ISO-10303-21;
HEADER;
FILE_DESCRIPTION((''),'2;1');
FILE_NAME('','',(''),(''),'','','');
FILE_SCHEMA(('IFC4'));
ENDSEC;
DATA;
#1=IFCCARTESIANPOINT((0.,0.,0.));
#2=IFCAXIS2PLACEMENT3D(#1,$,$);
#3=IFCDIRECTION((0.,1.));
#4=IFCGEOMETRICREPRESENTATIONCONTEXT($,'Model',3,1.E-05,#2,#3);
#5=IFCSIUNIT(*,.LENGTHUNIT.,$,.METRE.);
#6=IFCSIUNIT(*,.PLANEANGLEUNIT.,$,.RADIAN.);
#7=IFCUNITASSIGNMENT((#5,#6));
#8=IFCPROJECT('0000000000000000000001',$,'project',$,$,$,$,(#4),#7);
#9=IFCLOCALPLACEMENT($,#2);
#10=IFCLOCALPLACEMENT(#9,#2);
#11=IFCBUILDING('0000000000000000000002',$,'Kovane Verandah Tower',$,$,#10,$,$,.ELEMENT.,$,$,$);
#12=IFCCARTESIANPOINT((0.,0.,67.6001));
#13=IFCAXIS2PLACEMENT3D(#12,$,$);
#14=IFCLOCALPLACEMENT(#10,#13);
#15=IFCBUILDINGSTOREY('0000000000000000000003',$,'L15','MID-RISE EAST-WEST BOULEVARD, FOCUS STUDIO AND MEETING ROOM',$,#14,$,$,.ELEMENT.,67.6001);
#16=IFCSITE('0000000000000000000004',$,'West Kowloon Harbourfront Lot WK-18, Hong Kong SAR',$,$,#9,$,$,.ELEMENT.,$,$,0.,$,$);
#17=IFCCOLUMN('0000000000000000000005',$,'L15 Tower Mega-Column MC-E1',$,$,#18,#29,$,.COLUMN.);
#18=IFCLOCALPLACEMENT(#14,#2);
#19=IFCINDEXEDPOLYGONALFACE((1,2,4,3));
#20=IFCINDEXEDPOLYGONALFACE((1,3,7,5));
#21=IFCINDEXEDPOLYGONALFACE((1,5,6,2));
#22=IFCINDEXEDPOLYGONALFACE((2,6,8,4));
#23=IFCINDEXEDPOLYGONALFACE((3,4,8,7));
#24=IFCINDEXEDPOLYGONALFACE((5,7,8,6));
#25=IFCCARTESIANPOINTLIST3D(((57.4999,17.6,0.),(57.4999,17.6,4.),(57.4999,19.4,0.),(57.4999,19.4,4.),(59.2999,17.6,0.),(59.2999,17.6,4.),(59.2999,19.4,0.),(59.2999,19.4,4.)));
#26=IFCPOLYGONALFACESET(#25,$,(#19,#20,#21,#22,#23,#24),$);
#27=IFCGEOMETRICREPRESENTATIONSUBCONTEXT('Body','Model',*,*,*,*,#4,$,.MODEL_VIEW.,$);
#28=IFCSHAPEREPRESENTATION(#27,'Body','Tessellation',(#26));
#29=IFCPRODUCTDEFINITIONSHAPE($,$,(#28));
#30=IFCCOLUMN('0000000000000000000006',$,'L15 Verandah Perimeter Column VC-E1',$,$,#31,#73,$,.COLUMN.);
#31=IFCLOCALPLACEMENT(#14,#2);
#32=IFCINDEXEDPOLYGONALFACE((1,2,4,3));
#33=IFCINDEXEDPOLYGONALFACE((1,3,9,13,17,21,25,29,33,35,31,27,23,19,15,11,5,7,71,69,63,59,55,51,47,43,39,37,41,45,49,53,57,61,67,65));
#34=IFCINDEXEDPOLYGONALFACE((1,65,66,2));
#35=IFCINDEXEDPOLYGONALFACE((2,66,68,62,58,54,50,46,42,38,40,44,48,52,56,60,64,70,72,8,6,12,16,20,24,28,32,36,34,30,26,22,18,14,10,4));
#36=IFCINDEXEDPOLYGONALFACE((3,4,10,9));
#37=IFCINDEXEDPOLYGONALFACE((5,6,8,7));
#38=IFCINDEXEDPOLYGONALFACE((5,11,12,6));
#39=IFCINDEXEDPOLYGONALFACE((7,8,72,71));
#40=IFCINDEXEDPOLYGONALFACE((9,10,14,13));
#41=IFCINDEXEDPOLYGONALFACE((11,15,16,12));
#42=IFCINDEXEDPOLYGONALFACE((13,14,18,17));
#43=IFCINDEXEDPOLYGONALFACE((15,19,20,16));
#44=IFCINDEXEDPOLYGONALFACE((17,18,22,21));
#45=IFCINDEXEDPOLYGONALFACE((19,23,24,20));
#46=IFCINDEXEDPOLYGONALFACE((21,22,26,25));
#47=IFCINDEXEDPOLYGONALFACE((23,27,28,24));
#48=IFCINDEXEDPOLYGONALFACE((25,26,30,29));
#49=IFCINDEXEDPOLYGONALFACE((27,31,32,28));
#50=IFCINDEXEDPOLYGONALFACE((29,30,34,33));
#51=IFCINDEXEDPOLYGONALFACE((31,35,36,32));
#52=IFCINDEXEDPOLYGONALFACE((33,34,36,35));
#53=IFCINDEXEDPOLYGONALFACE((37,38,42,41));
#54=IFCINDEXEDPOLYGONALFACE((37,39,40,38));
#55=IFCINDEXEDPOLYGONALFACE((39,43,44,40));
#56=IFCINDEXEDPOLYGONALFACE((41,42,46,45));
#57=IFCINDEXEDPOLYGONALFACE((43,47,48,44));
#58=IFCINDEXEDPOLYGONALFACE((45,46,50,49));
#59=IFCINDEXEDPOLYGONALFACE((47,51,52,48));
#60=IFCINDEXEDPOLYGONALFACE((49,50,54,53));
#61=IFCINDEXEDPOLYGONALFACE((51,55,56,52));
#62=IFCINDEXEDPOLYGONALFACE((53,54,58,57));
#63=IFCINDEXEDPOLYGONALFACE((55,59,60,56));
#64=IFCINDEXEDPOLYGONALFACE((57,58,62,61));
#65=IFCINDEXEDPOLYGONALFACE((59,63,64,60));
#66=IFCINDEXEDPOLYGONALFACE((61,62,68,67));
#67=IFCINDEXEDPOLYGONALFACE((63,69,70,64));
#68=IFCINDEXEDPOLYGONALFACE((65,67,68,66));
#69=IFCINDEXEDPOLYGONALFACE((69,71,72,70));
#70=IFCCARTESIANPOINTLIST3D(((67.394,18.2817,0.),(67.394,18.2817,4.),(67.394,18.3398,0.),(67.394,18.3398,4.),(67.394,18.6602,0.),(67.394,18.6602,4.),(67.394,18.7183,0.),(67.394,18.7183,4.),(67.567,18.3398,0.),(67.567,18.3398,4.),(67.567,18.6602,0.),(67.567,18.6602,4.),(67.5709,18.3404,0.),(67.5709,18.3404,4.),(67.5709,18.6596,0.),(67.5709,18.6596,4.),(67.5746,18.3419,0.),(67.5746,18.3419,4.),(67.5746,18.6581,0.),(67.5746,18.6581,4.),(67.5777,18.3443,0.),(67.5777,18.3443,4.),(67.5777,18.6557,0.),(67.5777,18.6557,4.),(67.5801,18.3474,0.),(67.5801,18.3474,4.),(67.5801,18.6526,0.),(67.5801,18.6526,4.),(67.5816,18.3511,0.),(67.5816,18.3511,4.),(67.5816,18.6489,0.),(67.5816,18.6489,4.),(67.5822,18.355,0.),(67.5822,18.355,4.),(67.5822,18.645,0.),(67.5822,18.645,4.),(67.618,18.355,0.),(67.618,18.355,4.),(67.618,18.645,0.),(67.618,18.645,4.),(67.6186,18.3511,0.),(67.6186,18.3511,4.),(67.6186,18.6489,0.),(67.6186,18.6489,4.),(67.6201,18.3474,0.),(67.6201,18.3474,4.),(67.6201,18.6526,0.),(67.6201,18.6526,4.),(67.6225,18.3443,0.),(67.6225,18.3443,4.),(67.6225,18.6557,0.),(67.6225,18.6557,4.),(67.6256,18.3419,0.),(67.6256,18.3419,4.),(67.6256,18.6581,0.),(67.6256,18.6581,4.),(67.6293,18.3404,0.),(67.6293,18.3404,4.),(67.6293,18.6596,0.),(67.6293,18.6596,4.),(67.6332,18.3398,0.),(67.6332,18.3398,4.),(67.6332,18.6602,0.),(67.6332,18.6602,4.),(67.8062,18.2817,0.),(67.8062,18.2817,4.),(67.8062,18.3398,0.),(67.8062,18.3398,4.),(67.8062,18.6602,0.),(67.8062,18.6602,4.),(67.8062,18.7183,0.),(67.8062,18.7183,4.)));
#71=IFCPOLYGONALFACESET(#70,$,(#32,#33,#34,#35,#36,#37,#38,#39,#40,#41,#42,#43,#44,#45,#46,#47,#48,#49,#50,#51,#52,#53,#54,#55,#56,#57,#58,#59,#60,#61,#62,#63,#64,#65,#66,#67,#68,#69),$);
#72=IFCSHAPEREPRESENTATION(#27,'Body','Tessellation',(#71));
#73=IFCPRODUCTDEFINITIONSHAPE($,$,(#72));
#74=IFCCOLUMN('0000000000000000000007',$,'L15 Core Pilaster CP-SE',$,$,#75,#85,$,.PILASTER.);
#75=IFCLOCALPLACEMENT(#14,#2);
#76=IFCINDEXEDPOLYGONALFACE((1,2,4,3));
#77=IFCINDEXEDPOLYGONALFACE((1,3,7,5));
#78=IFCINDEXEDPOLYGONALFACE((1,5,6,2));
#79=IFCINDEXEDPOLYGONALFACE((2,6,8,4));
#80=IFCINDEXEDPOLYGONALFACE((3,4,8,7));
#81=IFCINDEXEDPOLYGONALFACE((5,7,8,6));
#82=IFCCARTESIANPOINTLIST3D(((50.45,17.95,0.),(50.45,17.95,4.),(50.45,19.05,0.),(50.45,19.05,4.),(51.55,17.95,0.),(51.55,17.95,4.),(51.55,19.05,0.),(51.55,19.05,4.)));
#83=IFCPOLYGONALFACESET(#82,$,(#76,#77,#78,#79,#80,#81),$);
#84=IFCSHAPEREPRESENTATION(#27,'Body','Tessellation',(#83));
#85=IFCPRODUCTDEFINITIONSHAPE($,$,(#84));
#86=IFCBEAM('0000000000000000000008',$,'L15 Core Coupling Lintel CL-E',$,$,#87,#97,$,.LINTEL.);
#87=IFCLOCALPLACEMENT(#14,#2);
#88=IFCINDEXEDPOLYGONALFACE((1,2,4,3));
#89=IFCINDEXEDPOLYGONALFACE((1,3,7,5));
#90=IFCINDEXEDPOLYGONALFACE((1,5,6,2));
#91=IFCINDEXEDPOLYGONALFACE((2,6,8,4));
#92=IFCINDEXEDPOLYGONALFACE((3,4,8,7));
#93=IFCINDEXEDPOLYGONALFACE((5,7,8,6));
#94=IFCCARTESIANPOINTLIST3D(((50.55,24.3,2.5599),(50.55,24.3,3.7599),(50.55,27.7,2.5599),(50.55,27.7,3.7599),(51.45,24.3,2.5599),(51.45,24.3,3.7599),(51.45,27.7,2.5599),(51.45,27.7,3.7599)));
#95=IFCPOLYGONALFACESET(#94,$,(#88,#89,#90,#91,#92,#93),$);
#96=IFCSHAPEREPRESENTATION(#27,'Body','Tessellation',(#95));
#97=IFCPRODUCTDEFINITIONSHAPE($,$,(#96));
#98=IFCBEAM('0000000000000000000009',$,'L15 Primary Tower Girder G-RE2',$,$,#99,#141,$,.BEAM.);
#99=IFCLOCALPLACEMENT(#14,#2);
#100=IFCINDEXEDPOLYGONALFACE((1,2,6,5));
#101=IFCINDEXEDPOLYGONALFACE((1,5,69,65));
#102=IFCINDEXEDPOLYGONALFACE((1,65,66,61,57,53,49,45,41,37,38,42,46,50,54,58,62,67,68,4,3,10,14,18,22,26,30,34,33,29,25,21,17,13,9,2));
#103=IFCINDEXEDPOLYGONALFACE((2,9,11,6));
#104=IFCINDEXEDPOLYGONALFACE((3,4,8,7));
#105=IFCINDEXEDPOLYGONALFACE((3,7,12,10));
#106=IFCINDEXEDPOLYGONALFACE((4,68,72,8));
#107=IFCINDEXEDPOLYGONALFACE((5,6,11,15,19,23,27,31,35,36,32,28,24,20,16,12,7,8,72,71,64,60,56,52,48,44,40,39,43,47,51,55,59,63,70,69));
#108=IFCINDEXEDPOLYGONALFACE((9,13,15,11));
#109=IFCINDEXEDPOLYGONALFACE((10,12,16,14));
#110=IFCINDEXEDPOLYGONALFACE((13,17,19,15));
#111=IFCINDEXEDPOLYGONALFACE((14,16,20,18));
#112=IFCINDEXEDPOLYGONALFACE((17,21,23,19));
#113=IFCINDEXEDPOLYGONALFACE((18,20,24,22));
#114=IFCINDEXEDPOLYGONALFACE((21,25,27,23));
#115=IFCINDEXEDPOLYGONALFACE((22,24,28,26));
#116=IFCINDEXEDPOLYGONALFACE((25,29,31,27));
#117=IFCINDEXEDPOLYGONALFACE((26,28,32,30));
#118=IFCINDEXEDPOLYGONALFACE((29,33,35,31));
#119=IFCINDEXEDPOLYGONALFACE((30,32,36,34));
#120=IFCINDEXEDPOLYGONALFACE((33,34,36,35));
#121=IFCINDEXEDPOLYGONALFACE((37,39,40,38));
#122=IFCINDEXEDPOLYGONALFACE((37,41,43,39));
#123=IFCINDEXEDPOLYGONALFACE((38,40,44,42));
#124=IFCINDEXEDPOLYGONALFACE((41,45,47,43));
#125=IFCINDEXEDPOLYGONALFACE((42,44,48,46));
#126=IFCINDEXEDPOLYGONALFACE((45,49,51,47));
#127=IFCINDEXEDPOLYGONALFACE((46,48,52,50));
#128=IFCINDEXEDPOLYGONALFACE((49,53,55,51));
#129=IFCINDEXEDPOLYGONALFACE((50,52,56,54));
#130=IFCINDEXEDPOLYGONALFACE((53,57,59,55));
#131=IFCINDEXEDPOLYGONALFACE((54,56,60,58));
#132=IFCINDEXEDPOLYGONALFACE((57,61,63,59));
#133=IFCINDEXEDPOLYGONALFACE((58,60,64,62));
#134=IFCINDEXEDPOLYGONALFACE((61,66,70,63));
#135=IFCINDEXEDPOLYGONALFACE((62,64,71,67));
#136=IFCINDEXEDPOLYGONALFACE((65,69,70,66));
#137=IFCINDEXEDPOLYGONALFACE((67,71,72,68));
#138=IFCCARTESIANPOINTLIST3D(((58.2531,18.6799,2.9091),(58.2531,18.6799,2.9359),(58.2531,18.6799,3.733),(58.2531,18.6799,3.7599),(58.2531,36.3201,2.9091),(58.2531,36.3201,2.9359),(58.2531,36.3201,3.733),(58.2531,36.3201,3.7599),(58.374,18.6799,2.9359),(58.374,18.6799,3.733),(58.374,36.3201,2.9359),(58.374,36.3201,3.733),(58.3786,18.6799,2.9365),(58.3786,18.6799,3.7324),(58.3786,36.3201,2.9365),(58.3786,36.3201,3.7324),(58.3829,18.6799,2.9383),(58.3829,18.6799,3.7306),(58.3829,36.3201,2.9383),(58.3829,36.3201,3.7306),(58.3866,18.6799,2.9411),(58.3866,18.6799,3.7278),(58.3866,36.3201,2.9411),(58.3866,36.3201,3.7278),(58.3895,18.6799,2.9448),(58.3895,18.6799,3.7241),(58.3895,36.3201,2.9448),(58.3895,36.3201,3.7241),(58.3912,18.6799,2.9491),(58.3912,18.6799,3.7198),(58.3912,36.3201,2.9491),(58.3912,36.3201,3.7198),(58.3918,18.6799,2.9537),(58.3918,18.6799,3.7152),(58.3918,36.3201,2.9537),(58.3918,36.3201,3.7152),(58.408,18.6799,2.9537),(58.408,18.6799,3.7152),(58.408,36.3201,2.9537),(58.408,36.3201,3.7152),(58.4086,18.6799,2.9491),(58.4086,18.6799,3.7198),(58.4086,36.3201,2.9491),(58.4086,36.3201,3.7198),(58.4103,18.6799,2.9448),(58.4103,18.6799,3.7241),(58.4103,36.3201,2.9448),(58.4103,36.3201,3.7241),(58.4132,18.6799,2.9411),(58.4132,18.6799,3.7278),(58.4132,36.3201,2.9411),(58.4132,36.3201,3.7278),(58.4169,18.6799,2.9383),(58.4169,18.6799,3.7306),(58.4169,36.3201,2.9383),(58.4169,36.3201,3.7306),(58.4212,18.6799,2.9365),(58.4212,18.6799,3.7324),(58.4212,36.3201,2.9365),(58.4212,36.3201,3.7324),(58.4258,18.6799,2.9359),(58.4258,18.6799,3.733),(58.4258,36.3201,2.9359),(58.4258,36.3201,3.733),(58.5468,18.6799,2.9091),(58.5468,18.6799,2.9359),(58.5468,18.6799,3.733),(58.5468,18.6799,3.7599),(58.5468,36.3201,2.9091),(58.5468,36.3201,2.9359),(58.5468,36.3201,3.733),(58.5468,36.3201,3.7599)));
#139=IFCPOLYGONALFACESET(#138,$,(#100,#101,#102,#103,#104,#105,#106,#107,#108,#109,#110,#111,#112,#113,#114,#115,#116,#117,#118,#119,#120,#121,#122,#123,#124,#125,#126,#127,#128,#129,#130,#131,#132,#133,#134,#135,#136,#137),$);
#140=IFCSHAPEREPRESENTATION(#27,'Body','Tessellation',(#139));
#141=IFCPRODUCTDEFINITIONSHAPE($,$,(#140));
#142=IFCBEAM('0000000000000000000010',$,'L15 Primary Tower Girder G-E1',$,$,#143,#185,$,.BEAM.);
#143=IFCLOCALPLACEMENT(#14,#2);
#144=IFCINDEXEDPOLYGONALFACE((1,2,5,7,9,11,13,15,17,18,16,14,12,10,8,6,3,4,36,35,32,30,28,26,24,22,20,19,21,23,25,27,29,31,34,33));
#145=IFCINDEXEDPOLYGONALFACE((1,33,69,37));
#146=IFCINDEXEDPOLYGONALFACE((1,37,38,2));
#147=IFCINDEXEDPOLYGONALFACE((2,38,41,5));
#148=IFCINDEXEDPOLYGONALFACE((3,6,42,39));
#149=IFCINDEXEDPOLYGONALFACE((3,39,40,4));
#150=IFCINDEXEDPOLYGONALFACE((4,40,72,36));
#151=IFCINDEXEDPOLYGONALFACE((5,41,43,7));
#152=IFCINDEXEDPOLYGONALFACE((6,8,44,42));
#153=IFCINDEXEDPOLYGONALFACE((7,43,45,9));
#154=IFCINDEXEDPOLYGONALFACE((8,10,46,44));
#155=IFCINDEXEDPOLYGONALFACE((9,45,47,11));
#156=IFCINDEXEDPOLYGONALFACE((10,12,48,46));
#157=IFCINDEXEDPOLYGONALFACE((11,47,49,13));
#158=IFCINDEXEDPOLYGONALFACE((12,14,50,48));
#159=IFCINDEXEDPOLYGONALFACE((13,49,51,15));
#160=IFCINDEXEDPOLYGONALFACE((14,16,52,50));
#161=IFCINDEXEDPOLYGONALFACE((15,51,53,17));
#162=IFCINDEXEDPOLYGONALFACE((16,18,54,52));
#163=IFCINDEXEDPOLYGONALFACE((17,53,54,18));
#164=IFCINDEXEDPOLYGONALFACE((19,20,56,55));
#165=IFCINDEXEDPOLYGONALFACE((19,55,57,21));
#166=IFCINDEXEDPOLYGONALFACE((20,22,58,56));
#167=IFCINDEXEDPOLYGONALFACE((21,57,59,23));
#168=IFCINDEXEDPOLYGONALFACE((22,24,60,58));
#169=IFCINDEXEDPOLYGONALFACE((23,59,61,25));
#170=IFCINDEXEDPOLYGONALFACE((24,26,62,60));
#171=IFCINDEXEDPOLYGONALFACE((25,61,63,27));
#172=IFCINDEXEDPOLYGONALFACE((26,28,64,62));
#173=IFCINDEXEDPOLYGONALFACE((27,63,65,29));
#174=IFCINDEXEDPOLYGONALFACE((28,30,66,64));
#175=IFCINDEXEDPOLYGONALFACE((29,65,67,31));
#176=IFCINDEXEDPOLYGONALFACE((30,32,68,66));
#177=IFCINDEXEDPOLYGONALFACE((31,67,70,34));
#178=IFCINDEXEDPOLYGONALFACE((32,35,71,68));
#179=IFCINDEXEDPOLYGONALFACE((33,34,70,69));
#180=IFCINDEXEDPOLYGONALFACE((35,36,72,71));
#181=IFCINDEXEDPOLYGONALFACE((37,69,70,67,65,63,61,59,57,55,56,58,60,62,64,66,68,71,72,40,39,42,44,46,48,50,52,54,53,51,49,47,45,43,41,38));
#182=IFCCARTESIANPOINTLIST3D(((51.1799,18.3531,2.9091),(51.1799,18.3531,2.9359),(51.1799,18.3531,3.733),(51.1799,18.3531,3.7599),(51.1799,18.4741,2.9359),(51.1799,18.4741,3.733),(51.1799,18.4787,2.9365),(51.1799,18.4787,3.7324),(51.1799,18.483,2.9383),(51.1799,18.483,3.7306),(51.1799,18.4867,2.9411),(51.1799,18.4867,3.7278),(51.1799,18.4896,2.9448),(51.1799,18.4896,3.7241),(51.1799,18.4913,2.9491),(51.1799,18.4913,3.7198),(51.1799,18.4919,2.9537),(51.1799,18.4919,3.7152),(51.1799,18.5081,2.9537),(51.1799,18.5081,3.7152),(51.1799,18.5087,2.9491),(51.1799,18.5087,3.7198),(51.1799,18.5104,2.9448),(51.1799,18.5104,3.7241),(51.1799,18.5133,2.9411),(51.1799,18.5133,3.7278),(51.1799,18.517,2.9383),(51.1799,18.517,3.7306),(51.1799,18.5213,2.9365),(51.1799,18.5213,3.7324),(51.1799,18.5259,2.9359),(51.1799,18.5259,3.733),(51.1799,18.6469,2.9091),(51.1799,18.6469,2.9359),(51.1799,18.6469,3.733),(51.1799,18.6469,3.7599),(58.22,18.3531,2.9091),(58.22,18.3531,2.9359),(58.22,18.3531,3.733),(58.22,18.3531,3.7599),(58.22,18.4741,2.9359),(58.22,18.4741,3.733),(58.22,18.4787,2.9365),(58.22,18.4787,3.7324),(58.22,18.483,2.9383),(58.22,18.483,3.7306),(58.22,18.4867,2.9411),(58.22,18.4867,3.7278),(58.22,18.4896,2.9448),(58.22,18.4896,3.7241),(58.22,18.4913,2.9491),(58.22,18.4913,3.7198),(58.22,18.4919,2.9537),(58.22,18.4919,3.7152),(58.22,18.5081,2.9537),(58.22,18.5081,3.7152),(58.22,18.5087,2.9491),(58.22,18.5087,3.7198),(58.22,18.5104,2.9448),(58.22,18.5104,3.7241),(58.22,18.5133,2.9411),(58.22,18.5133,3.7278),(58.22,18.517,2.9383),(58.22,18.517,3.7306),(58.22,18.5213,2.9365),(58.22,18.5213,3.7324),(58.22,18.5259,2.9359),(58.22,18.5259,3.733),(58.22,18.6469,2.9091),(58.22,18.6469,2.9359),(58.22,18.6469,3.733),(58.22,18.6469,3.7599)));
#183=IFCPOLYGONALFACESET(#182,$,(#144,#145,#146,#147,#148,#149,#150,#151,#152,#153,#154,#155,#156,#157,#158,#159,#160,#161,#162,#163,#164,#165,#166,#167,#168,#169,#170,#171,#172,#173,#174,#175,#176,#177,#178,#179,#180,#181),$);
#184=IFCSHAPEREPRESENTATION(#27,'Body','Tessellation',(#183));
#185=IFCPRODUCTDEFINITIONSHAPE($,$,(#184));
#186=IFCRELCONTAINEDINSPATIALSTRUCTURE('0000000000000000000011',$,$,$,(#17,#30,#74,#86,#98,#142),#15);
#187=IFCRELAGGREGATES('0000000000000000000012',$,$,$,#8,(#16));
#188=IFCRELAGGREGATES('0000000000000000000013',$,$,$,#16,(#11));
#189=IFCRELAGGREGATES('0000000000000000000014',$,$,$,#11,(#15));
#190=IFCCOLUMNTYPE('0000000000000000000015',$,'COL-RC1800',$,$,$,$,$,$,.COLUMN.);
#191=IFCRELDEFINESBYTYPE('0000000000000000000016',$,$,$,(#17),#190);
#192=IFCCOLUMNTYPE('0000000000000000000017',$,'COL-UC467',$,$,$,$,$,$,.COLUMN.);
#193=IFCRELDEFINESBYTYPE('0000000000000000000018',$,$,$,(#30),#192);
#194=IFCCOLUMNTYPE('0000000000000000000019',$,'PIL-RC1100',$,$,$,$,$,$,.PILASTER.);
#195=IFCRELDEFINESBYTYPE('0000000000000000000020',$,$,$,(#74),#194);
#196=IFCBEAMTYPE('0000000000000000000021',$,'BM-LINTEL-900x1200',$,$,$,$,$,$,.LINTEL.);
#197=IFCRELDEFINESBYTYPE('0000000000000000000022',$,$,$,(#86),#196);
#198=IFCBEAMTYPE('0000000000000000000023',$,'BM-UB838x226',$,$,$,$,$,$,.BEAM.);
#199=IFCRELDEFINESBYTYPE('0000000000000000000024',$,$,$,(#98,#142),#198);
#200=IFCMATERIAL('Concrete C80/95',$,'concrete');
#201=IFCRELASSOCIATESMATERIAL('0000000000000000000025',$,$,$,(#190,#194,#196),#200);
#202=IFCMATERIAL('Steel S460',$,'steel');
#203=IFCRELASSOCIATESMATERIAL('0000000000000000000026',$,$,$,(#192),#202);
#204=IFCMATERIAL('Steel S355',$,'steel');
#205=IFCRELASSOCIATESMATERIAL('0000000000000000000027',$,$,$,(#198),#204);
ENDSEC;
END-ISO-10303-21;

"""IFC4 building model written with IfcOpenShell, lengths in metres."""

from ifc_helpers import new_model, si_unit, direction, frame, origin, origin_2d, place, context, subcontext, project, spatial, rectangle, i_section, extrude, material, material_profile, profile_set, type_object, element, save


model = new_model("IFC4")

# Units and contexts
model_context = context("Model", 3, precision=1e-05, world=origin(), true_north=direction((0.0, 1.0)))
body_context = subcontext(model_context, "Body", "Model", "MODEL_VIEW")
ifc_project = project(units=[si_unit("LENGTHUNIT", "METRE"), si_unit("PLANEANGLEUNIT", "RADIAN")], contexts=[model_context])

# Site, building, storey
site_placement = place(None, origin())
site = spatial("IfcSite", under=ifc_project, at=site_placement, Name="West Kowloon Harbourfront Lot WK-18, Hong Kong SAR", CompositionType="ELEMENT", RefElevation=0.0)
building_placement = place(site_placement, origin())
building = spatial("IfcBuilding", under=site, at=building_placement, Name="Kovane Verandah Tower", CompositionType="ELEMENT")
storey_placement = place(building_placement, frame((0.0, 0.0, 67.6001)))
storey = spatial("IfcBuildingStorey", under=building, at=storey_placement, Name="L15", Description="MID-RISE EAST-WEST BOULEVARD, FOCUS STUDIO AND MEETING ROOM", CompositionType="ELEMENT", Elevation=67.6001)

# Columns
ifc_material_1 = material(Name="Concrete C80/95", Category="concrete")
ifc_material_profile_1 = material_profile(ifc_material_1, rectangle(XDim=1.8, YDim=1.8, at=origin_2d()), Name="RC1800x1800")
ifc_profile_set_1 = profile_set([ifc_material_profile_1], Name="Concrete C80/95")
column_type_1 = type_object("IfcColumnType", Name="COL-RC1800", PredefinedType="COLUMN", material=ifc_profile_set_1)
column_1_placement = place(storey_placement, frame((58.3999, 18.5, 0.0), z_axis=(0.0, 0.0, 1.0), x_axis=(1.0, 0.0, 0.0)))
element("IfcColumn", 1, at=column_1_placement, inside=storey, type_object=column_type_1, Name="L15 Tower Mega-Column MC-E1", PredefinedType="COLUMN", context=body_context, shape_type="SweptSolid", body=[
    extrude(rectangle(XDim=1.8, YDim=1.8, at=origin_2d()), origin(), (0.0, 0.0, 1.0), 4.0),
])
ifc_material_2 = material(Name="Steel S460", Category="steel")
ifc_material_profile_2 = material_profile(ifc_material_2, i_section(OverallWidth=0.4121, OverallDepth=0.4365, WebThickness=0.0359, FlangeThickness=0.0581, FilletRadius=0.0151, at=origin_2d()), Name="UC356x406x467")
ifc_profile_set_2 = profile_set([ifc_material_profile_2], Name="Steel S460")
column_type_2 = type_object("IfcColumnType", Name="COL-UC467", PredefinedType="COLUMN", material=ifc_profile_set_2)
column_2_placement = place(storey_placement, frame((67.6001, 18.5, 0.0), z_axis=(0.0, 0.0, 1.0), x_axis=(1.0, 0.0, 0.0)))
element("IfcColumn", 2, at=column_2_placement, inside=storey, type_object=column_type_2, Name="L15 Verandah Perimeter Column VC-E1", PredefinedType="COLUMN", context=body_context, shape_type="SweptSolid", body=[
    extrude(i_section(OverallWidth=0.4121, OverallDepth=0.4365, WebThickness=0.0359, FlangeThickness=0.0581, FilletRadius=0.0151, at=origin_2d()), origin(), (0.0, 0.0, 1.0), 4.0),
])
ifc_material_profile_3 = material_profile(ifc_material_1, rectangle(XDim=1.1001, YDim=1.1001, at=origin_2d()), Name="RC1100x1100")
ifc_profile_set_3 = profile_set([ifc_material_profile_3], Name="Concrete C80/95")
column_type_3 = type_object("IfcColumnType", Name="PIL-RC1100", PredefinedType="PILASTER", material=ifc_profile_set_3)
column_3_placement = place(storey_placement, frame((51.0, 18.5, 0.0), z_axis=(0.0, 0.0, 1.0), x_axis=(1.0, 0.0, 0.0)))
element("IfcColumn", 3, at=column_3_placement, inside=storey, type_object=column_type_3, Name="L15 Core Pilaster CP-SE", PredefinedType="PILASTER", context=body_context, shape_type="SweptSolid", body=[
    extrude(rectangle(XDim=1.1001, YDim=1.1001, at=origin_2d()), origin(), (0.0, 0.0, 1.0), 4.0),
])

# Beams
ifc_material_profile_4 = material_profile(ifc_material_1, rectangle(XDim=0.8999, YDim=1.2, at=origin_2d()), Name="RCB900x1200")
ifc_profile_set_4 = profile_set([ifc_material_profile_4], Name="Concrete C80/95")
beam_type_1 = type_object("IfcBeamType", Name="BM-LINTEL-900x1200", PredefinedType="LINTEL", material=ifc_profile_set_4)
beam_1_placement = place(storey_placement, frame((51.0, 24.3, 3.1599), z_axis=(0.0, 1.0, 0.0), x_axis=(-1.0, 0.0, 0.0)))
element("IfcBeam", 4, at=beam_1_placement, inside=storey, type_object=beam_type_1, Name="L15 Core Coupling Lintel CL-E", PredefinedType="LINTEL", context=body_context, shape_type="SweptSolid", body=[
    extrude(rectangle(XDim=0.8999, YDim=1.2, at=origin_2d()), origin(), (0.0, 0.0, 1.0), 3.3999),
])
ifc_material_3 = material(Name="Steel S355", Category="steel")
ifc_material_profile_5 = material_profile(ifc_material_3, i_section(OverallWidth=0.2937, OverallDepth=0.8508, WebThickness=0.0161, FlangeThickness=0.0269, FilletRadius=0.0178, at=origin_2d()), Name="UB838x292x226")
ifc_profile_set_5 = profile_set([ifc_material_profile_5], Name="Steel S355")
beam_type_2 = type_object("IfcBeamType", Name="BM-UB838x226", PredefinedType="BEAM", material=ifc_profile_set_5)
beam_2_placement = place(storey_placement, frame((58.3999, 18.6799, 3.3345), z_axis=(0.0, 1.0, 0.0), x_axis=(-1.0, 0.0, 0.0)))
element("IfcBeam", 5, at=beam_2_placement, inside=storey, type_object=beam_type_2, Name="L15 Primary Tower Girder G-RE2", PredefinedType="BEAM", context=body_context, shape_type="SweptSolid", body=[
    extrude(i_section(OverallWidth=0.2937, OverallDepth=0.8508, WebThickness=0.0161, FlangeThickness=0.0269, FilletRadius=0.0178, at=origin_2d()), origin(), (0.0, 0.0, 1.0), 17.6401),
])
beam_3_placement = place(storey_placement, frame((51.1799, 18.5, 3.3345), z_axis=(1.0, 0.0, 0.0), x_axis=(0.0, 1.0, 0.0)))
element("IfcBeam", 6, at=beam_3_placement, inside=storey, type_object=beam_type_2, Name="L15 Primary Tower Girder G-E1", PredefinedType="BEAM", context=body_context, shape_type="SweptSolid", body=[
    extrude(i_section(OverallWidth=0.2937, OverallDepth=0.8508, WebThickness=0.0161, FlangeThickness=0.0269, FilletRadius=0.0178, at=origin_2d()), origin(), (0.0, 0.0, 1.0), 7.04),
])

save(model, "model.ifc")
